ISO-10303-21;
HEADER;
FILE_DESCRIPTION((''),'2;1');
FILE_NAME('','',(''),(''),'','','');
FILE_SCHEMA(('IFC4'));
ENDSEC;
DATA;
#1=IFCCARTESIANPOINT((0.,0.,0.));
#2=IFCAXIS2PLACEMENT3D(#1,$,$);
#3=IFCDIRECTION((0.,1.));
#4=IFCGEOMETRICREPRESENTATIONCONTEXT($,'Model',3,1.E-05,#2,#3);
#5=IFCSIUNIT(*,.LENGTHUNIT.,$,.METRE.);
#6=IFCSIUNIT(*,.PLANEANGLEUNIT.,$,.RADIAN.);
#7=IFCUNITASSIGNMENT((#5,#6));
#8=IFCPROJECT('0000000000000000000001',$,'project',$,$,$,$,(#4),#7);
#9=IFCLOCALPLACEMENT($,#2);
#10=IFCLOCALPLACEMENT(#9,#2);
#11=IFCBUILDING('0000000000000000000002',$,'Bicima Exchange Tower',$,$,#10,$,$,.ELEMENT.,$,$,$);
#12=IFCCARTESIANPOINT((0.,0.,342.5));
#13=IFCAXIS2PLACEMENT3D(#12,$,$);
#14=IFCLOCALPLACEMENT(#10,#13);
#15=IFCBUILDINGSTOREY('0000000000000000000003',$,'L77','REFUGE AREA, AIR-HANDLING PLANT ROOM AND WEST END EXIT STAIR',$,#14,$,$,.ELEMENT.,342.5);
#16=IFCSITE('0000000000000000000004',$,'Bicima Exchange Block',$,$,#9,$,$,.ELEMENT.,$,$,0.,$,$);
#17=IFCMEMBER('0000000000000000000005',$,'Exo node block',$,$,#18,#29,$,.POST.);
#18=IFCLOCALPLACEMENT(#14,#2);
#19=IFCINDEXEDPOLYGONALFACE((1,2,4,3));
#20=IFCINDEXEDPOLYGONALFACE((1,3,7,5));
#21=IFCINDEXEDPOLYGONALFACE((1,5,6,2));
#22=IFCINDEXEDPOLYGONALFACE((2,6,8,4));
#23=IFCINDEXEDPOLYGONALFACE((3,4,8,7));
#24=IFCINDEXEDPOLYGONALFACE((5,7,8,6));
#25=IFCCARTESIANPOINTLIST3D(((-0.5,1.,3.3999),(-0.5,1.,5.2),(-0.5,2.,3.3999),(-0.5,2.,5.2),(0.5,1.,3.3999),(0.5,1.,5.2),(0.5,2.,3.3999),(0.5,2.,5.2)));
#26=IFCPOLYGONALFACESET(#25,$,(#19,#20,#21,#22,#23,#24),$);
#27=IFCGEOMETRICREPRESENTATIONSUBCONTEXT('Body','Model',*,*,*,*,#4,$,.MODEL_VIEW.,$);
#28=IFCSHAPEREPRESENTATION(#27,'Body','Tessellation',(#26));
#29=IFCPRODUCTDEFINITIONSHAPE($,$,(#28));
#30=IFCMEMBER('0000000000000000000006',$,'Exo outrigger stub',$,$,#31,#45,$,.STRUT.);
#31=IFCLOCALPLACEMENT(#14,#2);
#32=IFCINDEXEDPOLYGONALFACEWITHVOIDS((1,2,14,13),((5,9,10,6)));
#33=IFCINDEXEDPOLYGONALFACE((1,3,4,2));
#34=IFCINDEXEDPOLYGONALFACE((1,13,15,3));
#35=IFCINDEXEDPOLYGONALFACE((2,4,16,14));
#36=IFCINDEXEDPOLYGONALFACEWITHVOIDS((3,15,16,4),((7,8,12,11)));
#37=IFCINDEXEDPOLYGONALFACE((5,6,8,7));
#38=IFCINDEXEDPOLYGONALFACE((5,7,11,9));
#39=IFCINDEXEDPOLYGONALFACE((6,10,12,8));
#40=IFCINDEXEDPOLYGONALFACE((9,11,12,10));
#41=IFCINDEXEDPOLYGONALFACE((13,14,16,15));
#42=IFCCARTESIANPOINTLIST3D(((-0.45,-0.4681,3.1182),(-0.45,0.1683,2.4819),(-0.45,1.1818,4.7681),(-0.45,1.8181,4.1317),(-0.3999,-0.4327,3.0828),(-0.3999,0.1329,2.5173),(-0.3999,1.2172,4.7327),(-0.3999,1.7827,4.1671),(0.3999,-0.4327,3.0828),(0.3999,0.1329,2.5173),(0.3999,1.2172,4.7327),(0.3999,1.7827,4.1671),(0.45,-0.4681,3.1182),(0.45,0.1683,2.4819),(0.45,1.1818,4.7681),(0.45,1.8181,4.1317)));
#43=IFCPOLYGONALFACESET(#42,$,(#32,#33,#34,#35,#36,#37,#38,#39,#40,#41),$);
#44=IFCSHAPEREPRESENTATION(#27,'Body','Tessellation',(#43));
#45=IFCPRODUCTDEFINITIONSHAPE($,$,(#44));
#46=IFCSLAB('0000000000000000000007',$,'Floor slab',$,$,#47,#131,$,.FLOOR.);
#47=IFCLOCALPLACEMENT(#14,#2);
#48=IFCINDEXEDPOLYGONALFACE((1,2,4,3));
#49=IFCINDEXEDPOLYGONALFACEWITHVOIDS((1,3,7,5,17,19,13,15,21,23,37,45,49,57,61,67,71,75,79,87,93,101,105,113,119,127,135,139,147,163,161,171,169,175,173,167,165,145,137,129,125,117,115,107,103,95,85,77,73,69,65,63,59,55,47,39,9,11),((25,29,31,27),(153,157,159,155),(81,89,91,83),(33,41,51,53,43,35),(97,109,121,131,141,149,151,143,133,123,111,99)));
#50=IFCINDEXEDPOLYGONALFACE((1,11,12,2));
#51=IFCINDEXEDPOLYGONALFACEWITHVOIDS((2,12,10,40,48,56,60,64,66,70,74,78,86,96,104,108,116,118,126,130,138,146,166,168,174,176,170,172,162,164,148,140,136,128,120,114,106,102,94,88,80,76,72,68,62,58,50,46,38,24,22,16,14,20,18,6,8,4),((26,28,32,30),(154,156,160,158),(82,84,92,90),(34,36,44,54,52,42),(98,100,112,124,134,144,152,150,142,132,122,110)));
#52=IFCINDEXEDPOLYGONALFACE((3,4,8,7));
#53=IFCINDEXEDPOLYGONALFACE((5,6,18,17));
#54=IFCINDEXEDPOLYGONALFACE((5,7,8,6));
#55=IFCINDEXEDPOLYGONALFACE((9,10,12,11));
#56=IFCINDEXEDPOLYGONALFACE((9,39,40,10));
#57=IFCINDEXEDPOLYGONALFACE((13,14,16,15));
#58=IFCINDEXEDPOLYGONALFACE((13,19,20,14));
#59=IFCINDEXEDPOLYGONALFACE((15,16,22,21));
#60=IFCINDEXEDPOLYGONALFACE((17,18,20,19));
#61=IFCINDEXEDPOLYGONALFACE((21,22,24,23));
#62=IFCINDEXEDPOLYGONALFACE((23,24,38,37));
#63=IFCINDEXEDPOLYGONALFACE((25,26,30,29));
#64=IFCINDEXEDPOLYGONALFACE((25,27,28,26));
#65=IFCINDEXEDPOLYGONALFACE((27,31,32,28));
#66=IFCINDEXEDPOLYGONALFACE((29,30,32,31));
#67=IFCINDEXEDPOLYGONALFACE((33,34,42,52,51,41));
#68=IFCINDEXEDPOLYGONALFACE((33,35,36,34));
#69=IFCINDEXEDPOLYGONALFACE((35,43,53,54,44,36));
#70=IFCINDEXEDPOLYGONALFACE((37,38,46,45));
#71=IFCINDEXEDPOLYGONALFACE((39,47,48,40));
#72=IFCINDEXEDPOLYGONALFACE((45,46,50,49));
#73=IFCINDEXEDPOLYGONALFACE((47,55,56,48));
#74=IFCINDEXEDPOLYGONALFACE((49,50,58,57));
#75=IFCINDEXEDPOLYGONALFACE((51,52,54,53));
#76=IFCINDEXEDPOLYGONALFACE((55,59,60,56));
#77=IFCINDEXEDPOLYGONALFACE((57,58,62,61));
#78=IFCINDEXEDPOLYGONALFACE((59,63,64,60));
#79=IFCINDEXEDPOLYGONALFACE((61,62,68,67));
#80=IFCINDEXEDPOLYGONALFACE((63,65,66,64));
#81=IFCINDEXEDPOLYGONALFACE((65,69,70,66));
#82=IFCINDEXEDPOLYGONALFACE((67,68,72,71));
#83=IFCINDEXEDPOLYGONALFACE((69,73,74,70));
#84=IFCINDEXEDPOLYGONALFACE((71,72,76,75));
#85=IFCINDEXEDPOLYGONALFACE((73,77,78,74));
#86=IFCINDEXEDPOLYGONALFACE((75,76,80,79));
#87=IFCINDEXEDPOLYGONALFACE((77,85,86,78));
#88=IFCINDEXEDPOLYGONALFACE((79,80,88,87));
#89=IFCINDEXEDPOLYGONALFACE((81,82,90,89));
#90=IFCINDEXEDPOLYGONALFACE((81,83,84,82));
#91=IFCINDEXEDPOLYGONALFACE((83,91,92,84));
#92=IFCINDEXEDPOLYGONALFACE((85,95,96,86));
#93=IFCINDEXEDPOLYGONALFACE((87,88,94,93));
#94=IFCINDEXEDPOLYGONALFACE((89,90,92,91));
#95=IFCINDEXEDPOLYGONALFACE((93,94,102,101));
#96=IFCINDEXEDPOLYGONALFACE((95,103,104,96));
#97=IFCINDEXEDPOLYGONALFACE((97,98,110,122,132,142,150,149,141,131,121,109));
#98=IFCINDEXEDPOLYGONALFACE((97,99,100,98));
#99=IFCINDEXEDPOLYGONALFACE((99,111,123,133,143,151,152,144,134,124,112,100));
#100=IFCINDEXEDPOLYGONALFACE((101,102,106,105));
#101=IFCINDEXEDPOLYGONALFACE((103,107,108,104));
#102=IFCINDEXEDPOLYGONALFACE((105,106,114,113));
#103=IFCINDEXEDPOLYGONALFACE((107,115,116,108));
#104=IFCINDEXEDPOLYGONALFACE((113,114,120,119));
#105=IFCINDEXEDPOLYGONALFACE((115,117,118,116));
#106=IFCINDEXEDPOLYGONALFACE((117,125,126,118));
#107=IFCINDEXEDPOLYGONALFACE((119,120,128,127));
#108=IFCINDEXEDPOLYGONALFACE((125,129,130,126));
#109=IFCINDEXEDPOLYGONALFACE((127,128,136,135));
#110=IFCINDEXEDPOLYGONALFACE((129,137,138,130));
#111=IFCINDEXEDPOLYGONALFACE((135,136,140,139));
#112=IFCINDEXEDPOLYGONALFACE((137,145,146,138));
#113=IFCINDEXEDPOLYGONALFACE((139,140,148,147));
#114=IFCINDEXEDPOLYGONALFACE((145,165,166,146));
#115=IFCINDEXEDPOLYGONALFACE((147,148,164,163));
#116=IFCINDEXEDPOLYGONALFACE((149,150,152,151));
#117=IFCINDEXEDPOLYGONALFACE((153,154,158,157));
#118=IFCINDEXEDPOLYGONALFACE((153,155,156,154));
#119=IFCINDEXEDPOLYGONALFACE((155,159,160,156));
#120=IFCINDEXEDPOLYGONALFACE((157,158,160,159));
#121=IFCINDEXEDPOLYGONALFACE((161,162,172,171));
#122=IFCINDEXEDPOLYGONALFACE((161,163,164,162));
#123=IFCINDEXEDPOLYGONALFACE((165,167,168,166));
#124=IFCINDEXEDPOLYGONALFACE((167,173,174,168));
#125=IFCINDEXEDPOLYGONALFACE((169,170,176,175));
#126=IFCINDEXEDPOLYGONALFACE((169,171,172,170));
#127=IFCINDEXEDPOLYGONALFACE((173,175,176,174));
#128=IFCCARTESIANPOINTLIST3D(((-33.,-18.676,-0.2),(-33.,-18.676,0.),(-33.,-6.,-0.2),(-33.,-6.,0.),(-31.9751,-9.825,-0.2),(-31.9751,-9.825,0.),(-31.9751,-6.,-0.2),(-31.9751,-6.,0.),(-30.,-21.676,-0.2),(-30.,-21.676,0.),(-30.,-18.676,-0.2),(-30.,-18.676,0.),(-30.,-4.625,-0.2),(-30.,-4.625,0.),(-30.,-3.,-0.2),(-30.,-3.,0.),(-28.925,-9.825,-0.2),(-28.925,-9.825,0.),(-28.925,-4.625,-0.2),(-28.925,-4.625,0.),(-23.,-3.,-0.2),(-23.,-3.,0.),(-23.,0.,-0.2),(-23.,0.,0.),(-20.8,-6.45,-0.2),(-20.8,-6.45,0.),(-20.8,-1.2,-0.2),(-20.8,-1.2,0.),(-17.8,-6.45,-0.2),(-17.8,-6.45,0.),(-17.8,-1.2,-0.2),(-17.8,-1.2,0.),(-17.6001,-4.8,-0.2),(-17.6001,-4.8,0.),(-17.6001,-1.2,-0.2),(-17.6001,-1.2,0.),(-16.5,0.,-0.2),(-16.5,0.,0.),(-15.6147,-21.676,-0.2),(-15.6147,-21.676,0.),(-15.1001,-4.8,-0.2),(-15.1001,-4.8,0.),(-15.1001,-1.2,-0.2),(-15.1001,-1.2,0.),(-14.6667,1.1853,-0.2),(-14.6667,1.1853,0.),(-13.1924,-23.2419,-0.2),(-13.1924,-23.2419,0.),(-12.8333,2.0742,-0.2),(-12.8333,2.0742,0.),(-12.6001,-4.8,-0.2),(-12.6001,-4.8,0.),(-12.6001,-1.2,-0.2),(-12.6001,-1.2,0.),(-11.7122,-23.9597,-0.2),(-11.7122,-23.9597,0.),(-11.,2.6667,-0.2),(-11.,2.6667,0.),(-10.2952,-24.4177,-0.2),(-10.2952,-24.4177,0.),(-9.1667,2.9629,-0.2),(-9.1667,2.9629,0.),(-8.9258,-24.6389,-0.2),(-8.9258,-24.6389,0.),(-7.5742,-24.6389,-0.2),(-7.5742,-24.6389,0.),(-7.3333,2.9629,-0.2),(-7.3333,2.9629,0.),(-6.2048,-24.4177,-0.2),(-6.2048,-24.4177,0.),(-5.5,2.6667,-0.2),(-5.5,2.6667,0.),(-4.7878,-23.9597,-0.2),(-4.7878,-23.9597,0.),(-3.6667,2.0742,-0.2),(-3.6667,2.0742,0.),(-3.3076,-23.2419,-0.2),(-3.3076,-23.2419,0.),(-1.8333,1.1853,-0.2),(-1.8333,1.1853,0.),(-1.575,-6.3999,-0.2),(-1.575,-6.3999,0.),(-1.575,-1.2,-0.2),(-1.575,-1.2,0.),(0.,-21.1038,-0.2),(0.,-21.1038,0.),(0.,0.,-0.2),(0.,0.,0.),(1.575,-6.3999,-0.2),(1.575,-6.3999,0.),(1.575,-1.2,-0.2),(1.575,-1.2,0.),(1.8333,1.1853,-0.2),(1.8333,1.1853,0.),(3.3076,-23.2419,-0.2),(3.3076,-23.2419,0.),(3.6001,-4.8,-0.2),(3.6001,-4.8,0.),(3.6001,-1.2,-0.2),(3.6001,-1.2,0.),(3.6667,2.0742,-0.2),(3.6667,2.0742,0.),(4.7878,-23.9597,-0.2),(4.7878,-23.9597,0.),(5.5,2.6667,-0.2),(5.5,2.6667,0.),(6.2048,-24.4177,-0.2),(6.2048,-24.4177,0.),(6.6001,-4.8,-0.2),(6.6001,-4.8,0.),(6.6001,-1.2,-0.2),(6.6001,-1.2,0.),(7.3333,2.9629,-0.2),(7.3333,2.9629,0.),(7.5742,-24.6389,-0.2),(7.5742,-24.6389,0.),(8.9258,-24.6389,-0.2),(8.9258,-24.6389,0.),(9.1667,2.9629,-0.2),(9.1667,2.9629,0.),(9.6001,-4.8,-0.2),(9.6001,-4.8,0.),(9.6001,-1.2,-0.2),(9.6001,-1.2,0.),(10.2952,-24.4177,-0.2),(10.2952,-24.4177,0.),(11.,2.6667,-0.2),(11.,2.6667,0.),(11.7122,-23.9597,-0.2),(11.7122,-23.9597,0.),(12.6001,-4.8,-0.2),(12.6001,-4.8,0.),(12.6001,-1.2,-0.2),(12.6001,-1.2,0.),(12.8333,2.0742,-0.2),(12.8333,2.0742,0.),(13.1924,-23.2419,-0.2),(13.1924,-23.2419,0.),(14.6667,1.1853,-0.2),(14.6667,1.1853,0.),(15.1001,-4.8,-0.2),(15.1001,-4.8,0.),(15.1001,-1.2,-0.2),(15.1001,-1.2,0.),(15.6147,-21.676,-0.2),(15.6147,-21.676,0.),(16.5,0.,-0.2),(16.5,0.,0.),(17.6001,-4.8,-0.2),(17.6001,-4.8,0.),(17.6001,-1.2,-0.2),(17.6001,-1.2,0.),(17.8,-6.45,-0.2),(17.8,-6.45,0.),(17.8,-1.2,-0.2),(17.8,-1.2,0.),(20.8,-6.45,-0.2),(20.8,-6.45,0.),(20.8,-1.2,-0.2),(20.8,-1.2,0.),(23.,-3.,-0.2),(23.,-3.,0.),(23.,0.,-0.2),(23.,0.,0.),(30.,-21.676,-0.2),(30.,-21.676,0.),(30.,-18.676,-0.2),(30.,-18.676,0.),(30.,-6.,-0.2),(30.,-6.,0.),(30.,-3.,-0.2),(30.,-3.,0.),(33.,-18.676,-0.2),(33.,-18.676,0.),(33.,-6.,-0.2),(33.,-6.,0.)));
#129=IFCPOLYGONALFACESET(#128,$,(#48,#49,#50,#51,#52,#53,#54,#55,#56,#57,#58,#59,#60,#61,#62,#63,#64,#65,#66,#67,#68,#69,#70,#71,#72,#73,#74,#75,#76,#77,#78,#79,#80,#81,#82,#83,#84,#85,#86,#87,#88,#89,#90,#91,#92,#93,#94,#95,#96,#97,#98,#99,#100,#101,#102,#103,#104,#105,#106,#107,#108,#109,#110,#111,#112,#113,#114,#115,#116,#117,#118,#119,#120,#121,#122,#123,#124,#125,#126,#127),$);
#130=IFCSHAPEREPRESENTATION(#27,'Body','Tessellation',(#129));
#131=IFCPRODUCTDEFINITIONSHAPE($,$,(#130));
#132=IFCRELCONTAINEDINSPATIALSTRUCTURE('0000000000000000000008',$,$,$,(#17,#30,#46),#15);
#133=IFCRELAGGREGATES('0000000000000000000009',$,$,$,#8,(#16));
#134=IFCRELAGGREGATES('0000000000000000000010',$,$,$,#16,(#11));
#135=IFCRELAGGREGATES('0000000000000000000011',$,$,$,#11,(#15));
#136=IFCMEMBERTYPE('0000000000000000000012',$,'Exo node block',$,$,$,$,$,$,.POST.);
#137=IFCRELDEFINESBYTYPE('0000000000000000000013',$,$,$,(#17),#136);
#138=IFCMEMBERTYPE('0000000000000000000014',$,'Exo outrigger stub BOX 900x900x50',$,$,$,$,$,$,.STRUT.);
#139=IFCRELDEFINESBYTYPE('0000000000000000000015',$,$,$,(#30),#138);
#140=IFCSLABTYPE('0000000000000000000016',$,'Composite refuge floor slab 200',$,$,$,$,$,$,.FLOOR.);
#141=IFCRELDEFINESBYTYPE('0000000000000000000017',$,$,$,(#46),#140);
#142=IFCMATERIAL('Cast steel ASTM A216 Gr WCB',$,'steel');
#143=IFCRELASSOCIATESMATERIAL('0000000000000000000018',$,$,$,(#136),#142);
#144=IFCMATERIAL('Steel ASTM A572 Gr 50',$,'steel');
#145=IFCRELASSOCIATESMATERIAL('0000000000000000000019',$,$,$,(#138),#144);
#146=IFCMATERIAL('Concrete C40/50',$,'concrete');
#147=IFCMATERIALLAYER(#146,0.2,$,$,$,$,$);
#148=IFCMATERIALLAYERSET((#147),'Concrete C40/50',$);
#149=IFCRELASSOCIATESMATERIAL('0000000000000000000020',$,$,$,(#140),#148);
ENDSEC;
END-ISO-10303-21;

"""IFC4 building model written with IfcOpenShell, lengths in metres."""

from ifc_helpers import new_model, si_unit, direction, frame, origin, origin_2d, place, context, subcontext, project, spatial, polyline, rectangle, hollow_rectangle, outline, extrude, material, layer, layer_set, material_profile, profile_set, type_object, element, save


model = new_model("IFC4")

# Units and contexts
model_context = context("Model", 3, precision=1e-05, world=origin(), true_north=direction((0.0, 1.0)))
body_context = subcontext(model_context, "Body", "Model", "MODEL_VIEW")
ifc_project = project(units=[si_unit("LENGTHUNIT", "METRE"), si_unit("PLANEANGLEUNIT", "RADIAN")], contexts=[model_context])

# Site, building, storey
site_placement = place(None, origin())
site = spatial("IfcSite", under=ifc_project, at=site_placement, Name="Bicima Exchange Block", CompositionType="ELEMENT", RefElevation=0.0)
building_placement = place(site_placement, origin())
building = spatial("IfcBuilding", under=site, at=building_placement, Name="Bicima Exchange Tower", CompositionType="ELEMENT")
storey_placement = place(building_placement, frame((0.0, 0.0, 342.5)))
storey = spatial("IfcBuildingStorey", under=building, at=storey_placement, Name="L77", Description="REFUGE AREA, AIR-HANDLING PLANT ROOM AND WEST END EXIT STAIR", CompositionType="ELEMENT", Elevation=342.5)

# Members
ifc_material_1 = material(Name="Cast steel ASTM A216 Gr WCB", Category="steel")
ifc_material_profile_1 = material_profile(ifc_material_1, rectangle(XDim=1.0, YDim=1.0, at=origin_2d()))
ifc_profile_set_1 = profile_set([ifc_material_profile_1], Name="Cast steel ASTM A216 Gr WCB")
member_type_1 = type_object("IfcMemberType", Name="Exo node block", PredefinedType="POST", material=ifc_profile_set_1)
member_1_placement = place(storey_placement, frame((0.0, 1.5, 3.3999), z_axis=(0.0, 0.0, 1.0), x_axis=(1.0, 0.0, 0.0)))
element("IfcMember", 1, at=member_1_placement, inside=storey, type_object=member_type_1, Name="Exo node block", PredefinedType="POST", context=body_context, shape_type="SweptSolid", body=[
    extrude(rectangle(XDim=1.0, YDim=1.0, at=origin_2d()), origin(), (0.0, 0.0, 1.0), 1.8),
])
ifc_material_2 = material(Name="Steel ASTM A572 Gr 50", Category="steel")
ifc_material_profile_2 = material_profile(ifc_material_2, hollow_rectangle(XDim=0.8999, YDim=0.8999, WallThickness=0.05, at=origin_2d()))
ifc_profile_set_2 = profile_set([ifc_material_profile_2], Name="Steel ASTM A572 Gr 50")
member_type_2 = type_object("IfcMemberType", Name="Exo outrigger stub BOX 900x900x50", PredefinedType="STRUT", material=ifc_profile_set_2)
member_2_placement = place(storey_placement, frame((0.0, -0.1499, 2.8), z_axis=(0.0, 0.707107, 0.707107), x_axis=(-1.0, 0.0, 0.0)))
element("IfcMember", 2, at=member_2_placement, inside=storey, type_object=member_type_2, Name="Exo outrigger stub", PredefinedType="STRUT", context=body_context, shape_type="SweptSolid", body=[
    extrude(hollow_rectangle(XDim=0.8999, YDim=0.8999, WallThickness=0.05, at=origin_2d()), origin(), (0.0, 0.0, 1.0), 2.3333),
])

# Slab
ifc_material_3 = material(Name="Concrete C40/50", Category="concrete")
ifc_layer_1 = layer(ifc_material_3, 0.2)
ifc_layer_set_1 = layer_set([ifc_layer_1], Name="Concrete C40/50")
slab_type_1 = type_object("IfcSlabType", Name="Composite refuge floor slab 200", PredefinedType="FLOOR", material=ifc_layer_set_1)
slab_1_placement = place(storey_placement, frame((0.0, 0.0, -0.2)))
element("IfcSlab", 3, at=slab_1_placement, inside=storey, type_object=slab_type_1, Name="Floor slab", PredefinedType="FLOOR", context=body_context, shape_type="SweptSolid", body=[
    extrude(outline(polyline([(-30.0, -3.0), (-23.0, -3.0), (-23.0, 0.0), (-16.5, 0.0), (-14.6667, 1.1853), (-12.8333, 2.0742), (-11.0, 2.6667), (-9.1667, 2.9629), (-7.3333, 2.9629), (-5.5, 2.6667), (-3.6667, 2.0742), (-1.8333, 1.1853), (0.0, 0.0), (1.8333, 1.1853), (3.6667, 2.0742), (5.5, 2.6667), (7.3333, 2.9629), (9.1667, 2.9629), (11.0, 2.6667), (12.8333, 2.0742), (14.6667, 1.1853), (16.5, 0.0), (23.0, 0.0), (23.0, -3.0), (30.0, -3.0), (30.0, -6.0), (33.0, -6.0), (33.0, -18.676), (30.0, -18.676), (30.0, -21.676), (15.6147, -21.676), (13.1924, -23.2419), (11.7122, -23.9597), (10.2952, -24.4177), (8.9258, -24.6389), (7.5742, -24.6389), (6.2048, -24.4177), (4.7878, -23.9597), (3.3076, -23.2419), (0.0, -21.1038), (-3.3076, -23.2419), (-4.7878, -23.9597), (-6.2048, -24.4177), (-7.5742, -24.6389), (-8.9258, -24.6389), (-10.2952, -24.4177), (-11.7122, -23.9597), (-13.1924, -23.2419), (-15.6147, -21.676), (-30.0, -21.676), (-30.0, -18.676), (-33.0, -18.676), (-33.0, -6.0), (-31.9751, -6.0), (-31.9751, -9.825), (-28.925, -9.825), (-28.925, -4.625), (-30.0, -4.625), (-30.0, -3.0)]), holes=[polyline([(-17.8, -6.45), (-17.8, -1.2), (-20.8, -1.2), (-20.8, -6.45), (-17.8, -6.45)]), polyline([(1.575, -6.3999), (1.575, -1.2), (-1.575, -1.2), (-1.575, -6.3999), (1.575, -6.3999)]), polyline([(-12.6001, -4.8), (-12.6001, -1.2), (-15.1001, -1.2), (-17.6001, -1.2), (-17.6001, -4.8), (-15.1001, -4.8), (-12.6001, -4.8)]), polyline([(9.6001, -1.2), (6.6001, -1.2), (3.6001, -1.2), (3.6001, -4.8), (6.6001, -4.8), (9.6001, -4.8), (12.6001, -4.8), (15.1001, -4.8), (17.6001, -4.8), (17.6001, -1.2), (15.1001, -1.2), (12.6001, -1.2), (9.6001, -1.2)]), polyline([(17.8, -6.45), (20.8, -6.45), (20.8, -1.2), (17.8, -1.2), (17.8, -6.45)])]), origin(), (0.0, 0.0, 1.0), 0.2),
])

save(model, "model.ifc")
